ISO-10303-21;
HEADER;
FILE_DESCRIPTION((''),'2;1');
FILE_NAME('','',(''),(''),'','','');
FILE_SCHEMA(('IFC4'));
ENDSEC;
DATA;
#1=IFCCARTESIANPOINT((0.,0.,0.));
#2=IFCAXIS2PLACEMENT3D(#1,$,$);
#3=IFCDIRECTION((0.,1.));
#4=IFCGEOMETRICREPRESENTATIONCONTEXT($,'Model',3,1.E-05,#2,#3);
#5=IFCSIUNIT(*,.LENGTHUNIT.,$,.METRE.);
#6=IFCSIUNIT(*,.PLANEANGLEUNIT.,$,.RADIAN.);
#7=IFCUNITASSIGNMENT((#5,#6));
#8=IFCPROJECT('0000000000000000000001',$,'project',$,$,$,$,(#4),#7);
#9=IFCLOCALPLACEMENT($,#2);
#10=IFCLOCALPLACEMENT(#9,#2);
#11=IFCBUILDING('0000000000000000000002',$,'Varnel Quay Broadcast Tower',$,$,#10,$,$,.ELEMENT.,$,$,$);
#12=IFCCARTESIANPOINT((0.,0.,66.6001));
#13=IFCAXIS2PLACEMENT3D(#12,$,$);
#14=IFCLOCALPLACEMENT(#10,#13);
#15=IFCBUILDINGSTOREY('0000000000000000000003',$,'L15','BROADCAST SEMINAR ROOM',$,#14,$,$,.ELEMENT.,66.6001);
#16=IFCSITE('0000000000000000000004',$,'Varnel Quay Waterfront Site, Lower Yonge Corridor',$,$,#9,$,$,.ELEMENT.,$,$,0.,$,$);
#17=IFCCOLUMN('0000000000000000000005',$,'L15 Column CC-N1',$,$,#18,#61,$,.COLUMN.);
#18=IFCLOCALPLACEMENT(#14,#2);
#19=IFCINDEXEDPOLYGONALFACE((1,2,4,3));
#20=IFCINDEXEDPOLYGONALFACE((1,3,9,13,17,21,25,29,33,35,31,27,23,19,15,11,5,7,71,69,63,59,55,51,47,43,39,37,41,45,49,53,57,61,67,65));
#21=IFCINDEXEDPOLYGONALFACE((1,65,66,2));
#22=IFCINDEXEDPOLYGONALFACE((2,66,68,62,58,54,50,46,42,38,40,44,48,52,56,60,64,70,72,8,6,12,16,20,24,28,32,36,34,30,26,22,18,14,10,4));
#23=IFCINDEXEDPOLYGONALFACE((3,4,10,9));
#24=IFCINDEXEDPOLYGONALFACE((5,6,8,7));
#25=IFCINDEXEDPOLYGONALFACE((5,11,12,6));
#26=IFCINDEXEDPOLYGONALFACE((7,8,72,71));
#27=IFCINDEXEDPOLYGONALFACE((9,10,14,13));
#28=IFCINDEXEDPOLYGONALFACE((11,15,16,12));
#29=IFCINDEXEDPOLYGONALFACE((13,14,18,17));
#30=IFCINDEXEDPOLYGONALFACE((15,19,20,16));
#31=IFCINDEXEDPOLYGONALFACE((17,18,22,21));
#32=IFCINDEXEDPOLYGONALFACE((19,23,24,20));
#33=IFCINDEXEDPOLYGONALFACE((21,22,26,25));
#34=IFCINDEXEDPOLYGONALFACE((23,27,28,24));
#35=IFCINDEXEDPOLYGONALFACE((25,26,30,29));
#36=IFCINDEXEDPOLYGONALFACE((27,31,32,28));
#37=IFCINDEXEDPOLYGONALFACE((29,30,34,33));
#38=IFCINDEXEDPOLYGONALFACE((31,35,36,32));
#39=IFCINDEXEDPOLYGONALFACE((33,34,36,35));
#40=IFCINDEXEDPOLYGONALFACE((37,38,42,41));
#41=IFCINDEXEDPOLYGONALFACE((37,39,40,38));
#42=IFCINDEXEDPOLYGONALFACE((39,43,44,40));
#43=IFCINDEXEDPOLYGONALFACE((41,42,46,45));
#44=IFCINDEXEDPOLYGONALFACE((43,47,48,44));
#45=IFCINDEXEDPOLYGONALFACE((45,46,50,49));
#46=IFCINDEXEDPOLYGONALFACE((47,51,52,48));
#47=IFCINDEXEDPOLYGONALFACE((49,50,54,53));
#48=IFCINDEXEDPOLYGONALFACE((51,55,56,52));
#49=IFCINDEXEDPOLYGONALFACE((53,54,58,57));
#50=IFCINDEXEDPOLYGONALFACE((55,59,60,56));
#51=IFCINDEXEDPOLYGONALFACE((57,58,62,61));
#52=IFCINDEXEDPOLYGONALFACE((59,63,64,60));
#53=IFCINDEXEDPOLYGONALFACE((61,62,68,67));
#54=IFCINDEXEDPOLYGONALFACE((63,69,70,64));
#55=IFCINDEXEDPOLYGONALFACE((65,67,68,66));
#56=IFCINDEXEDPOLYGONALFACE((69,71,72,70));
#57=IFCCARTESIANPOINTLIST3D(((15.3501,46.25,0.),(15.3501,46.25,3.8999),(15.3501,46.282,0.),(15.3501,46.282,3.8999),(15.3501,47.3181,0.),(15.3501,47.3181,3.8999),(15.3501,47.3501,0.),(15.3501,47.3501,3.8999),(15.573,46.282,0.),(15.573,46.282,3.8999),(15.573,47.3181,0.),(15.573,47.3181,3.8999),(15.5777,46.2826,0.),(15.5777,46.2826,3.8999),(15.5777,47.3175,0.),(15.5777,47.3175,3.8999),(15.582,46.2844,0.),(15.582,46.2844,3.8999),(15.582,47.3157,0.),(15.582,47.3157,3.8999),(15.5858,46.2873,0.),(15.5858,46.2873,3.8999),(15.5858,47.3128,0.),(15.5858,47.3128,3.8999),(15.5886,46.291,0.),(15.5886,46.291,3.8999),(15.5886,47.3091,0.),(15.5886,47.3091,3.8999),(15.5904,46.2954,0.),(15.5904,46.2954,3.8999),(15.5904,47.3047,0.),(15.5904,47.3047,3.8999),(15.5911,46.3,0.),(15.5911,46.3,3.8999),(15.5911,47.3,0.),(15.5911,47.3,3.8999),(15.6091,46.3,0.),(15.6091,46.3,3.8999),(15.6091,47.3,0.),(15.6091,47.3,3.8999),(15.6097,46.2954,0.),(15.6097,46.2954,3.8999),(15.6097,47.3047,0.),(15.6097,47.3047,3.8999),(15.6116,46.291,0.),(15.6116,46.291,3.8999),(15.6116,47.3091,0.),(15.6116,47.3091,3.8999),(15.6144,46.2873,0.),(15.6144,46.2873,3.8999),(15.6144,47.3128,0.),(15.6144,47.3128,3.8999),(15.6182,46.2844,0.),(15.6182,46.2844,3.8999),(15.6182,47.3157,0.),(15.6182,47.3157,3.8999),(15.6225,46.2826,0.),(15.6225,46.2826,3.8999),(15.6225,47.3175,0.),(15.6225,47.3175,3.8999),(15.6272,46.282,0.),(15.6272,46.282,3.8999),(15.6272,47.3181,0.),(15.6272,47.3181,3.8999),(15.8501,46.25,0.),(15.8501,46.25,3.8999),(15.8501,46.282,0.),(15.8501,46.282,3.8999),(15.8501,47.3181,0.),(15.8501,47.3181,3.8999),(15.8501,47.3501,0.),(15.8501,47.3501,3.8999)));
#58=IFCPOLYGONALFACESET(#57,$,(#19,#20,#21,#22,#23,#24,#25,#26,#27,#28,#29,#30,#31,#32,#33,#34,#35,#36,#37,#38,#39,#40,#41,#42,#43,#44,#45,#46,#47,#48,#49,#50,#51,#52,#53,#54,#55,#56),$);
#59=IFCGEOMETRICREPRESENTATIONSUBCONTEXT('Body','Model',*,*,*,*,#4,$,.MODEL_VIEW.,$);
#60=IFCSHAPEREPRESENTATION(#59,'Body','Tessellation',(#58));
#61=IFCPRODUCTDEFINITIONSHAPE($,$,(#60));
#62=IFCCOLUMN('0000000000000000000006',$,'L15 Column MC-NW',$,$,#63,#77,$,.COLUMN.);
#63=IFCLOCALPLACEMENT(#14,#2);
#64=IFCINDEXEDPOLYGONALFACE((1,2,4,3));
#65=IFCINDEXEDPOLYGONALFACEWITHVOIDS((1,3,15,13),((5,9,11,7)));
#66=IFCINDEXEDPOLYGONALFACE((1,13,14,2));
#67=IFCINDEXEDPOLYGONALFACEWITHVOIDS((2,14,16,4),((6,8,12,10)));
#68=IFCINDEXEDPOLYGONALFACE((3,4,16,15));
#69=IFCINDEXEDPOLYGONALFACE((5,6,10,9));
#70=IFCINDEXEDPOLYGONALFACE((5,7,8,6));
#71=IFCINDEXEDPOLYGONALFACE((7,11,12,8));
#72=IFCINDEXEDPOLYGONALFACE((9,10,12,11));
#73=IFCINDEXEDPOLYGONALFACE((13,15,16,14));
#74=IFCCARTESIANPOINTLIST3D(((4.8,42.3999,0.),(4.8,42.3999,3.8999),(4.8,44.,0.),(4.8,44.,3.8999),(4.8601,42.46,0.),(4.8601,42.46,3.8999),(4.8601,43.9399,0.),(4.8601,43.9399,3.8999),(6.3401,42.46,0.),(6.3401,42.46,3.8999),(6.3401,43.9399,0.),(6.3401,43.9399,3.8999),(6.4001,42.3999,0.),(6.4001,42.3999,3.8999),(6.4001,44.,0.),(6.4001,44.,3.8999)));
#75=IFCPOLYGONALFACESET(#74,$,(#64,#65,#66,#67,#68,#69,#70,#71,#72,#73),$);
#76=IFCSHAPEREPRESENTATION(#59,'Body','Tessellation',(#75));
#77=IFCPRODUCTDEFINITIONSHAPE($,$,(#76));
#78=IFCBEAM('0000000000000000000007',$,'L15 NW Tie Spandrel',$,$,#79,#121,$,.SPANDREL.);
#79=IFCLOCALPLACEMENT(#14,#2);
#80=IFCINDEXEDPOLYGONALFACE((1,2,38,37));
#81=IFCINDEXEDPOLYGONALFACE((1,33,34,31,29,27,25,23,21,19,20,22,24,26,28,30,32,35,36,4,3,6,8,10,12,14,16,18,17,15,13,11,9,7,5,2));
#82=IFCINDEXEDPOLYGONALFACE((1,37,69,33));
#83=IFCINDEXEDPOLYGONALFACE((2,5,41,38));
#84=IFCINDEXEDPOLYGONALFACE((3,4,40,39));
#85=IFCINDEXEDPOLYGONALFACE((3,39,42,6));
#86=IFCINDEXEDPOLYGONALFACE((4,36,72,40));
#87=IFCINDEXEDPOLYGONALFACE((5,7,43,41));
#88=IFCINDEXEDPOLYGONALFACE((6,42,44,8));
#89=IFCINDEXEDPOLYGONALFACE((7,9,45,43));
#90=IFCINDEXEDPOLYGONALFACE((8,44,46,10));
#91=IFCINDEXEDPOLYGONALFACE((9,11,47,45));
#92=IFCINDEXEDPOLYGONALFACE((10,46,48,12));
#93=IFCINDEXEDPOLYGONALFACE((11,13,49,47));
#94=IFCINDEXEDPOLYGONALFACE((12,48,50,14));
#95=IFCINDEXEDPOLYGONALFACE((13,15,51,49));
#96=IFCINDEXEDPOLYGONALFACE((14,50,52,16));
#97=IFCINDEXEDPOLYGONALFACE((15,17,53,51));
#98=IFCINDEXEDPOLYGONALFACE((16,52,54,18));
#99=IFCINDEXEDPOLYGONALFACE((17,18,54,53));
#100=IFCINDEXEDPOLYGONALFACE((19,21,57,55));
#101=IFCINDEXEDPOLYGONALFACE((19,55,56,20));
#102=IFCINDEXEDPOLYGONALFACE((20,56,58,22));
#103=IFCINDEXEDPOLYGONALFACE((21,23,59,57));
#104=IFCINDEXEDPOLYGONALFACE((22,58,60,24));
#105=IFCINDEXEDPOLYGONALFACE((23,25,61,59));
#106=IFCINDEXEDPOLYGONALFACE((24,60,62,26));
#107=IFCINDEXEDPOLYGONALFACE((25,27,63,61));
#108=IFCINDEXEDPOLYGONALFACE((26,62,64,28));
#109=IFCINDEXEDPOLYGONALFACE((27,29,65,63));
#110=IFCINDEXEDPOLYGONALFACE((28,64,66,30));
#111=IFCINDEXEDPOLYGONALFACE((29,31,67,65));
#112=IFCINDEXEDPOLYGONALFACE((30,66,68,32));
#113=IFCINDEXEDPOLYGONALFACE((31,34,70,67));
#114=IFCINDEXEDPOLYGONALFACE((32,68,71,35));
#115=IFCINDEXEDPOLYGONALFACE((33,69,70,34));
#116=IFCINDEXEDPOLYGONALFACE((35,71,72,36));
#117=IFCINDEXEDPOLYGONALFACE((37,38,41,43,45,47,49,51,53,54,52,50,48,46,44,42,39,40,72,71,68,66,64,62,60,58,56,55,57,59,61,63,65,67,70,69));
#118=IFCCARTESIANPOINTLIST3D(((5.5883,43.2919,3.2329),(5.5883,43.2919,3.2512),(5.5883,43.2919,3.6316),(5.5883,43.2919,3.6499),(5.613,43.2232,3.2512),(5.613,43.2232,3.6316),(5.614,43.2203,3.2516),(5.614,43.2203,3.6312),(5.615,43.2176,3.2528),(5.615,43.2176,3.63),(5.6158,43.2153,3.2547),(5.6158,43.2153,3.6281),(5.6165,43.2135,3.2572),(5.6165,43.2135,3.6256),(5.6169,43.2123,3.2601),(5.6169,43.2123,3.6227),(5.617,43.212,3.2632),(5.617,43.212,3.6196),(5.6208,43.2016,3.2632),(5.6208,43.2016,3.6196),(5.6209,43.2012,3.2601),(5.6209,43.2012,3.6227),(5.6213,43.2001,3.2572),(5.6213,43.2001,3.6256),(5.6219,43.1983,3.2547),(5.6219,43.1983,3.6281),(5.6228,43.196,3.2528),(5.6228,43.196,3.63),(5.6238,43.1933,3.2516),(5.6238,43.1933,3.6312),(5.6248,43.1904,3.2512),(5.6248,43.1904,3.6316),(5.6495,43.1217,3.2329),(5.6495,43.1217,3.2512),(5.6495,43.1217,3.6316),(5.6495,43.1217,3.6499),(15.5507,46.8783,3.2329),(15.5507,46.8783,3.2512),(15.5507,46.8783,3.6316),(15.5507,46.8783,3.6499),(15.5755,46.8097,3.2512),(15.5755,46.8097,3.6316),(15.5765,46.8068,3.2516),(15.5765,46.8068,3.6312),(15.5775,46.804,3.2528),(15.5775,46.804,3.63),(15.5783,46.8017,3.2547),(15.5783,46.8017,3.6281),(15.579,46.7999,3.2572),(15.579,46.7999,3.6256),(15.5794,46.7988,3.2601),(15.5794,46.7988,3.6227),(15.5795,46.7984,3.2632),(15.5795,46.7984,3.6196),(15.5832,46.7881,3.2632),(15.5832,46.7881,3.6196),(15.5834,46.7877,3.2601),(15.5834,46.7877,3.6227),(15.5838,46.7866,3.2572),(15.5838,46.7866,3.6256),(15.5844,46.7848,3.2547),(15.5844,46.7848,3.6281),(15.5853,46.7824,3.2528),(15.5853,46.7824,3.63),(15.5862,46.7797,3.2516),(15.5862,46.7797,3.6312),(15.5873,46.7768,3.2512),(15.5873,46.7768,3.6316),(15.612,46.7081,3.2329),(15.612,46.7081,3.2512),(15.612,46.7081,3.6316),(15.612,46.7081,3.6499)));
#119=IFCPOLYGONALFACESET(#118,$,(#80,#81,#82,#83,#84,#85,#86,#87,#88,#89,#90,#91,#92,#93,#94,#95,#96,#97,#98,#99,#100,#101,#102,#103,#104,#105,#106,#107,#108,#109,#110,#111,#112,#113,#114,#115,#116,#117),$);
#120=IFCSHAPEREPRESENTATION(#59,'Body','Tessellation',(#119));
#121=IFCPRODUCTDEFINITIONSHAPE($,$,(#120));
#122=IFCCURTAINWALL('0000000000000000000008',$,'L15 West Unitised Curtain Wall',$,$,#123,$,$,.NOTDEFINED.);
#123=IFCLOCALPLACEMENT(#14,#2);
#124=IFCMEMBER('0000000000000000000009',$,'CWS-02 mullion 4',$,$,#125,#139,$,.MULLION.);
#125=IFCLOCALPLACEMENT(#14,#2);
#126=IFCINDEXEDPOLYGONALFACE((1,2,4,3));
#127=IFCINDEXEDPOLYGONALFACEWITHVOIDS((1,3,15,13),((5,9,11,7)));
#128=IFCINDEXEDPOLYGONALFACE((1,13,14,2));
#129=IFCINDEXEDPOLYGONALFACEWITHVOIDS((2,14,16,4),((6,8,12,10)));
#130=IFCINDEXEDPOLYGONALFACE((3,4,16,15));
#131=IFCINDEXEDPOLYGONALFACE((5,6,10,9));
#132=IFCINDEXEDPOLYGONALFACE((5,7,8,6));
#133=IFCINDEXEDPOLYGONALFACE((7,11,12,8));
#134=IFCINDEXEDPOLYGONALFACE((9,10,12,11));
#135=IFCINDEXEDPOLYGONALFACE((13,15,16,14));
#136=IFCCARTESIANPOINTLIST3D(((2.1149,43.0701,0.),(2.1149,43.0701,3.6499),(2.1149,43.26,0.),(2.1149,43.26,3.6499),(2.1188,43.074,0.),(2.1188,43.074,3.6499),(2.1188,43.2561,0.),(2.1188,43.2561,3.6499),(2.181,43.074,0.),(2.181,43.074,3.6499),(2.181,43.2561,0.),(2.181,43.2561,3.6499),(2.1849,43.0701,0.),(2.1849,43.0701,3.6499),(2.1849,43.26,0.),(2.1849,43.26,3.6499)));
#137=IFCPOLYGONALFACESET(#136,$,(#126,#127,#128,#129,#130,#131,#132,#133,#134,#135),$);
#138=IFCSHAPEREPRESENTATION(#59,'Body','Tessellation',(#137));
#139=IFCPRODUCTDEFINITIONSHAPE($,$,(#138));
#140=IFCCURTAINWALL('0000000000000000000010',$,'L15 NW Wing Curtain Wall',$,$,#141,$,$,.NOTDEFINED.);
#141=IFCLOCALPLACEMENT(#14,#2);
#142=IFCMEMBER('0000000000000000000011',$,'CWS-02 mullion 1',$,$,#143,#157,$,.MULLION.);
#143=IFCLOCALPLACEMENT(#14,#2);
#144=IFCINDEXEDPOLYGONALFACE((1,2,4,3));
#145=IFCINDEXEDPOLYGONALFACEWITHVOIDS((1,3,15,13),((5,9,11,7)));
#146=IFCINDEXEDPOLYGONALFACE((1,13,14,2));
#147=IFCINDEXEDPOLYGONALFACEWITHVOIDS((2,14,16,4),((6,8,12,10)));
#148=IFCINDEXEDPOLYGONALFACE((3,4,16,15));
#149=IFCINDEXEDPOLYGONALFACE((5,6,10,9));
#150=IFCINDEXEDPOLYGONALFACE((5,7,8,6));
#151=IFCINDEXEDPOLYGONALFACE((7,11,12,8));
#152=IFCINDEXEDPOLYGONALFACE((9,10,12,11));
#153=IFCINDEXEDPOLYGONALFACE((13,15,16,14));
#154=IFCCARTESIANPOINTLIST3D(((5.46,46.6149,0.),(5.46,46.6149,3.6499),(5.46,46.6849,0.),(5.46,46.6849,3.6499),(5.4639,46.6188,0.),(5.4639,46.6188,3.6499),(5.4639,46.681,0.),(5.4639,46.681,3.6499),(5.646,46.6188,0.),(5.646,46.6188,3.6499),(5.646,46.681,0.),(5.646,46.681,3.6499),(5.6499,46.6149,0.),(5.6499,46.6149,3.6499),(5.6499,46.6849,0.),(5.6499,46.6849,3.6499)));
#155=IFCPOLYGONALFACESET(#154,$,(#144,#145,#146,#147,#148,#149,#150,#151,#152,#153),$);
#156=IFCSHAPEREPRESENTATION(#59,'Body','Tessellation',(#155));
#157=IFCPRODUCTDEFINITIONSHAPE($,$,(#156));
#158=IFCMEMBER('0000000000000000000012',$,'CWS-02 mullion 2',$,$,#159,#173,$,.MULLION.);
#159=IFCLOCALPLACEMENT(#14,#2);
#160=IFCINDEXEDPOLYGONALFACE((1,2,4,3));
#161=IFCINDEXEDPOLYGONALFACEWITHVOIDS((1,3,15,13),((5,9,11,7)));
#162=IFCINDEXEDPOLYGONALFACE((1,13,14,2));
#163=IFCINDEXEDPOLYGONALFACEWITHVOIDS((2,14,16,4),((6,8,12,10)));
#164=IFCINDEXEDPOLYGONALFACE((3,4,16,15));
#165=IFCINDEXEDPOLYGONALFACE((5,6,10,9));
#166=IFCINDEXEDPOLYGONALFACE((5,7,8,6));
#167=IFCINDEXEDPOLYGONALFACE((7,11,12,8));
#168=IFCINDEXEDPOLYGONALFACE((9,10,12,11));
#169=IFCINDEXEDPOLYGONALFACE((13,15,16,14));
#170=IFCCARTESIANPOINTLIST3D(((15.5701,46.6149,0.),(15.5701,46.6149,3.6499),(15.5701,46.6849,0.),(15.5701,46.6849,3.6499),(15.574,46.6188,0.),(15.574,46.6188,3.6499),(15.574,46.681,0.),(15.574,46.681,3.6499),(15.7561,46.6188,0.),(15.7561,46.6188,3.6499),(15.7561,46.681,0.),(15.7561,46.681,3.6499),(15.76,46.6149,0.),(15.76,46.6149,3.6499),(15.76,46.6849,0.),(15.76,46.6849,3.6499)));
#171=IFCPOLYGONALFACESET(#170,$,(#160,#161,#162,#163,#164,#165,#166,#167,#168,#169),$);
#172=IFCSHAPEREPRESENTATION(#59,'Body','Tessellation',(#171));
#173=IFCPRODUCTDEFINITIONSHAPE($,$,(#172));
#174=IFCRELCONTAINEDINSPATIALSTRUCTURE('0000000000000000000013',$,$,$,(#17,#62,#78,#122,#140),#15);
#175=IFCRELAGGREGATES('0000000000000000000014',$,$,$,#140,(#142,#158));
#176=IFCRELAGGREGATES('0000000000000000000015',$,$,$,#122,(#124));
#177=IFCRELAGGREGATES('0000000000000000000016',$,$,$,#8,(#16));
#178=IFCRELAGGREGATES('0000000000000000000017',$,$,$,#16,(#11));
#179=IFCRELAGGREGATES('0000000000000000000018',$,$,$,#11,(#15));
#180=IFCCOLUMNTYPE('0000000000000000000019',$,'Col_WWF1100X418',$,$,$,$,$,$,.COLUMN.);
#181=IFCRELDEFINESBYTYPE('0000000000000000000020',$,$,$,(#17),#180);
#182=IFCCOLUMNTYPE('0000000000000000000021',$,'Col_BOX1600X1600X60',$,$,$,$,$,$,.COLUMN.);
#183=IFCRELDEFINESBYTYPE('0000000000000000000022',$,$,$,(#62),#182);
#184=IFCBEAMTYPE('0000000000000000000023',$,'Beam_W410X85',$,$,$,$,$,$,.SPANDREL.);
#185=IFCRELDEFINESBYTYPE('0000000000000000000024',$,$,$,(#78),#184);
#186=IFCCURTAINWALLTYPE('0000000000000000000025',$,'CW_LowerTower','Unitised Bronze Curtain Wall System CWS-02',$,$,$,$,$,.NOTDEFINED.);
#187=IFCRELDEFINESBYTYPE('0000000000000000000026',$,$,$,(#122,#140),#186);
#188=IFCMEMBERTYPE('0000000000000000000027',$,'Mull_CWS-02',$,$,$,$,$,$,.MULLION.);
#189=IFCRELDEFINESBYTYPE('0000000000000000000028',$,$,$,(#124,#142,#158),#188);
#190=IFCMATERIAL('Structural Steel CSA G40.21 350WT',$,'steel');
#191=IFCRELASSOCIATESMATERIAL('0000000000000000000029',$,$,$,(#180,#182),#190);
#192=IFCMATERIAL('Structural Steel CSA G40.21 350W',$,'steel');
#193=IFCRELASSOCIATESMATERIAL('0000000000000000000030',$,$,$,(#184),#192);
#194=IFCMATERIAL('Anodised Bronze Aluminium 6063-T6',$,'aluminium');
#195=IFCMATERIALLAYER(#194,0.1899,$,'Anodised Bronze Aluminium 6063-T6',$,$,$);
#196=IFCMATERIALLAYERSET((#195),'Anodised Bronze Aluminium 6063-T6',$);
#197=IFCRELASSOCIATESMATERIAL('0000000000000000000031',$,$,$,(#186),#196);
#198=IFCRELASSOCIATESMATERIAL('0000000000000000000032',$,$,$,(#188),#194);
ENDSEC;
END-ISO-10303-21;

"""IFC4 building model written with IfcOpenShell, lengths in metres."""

from ifc_helpers import new_model, si_unit, direction, frame, origin, origin_2d, place, context, subcontext, project, spatial, hollow_rectangle, i_section, extrude, source, transform, mapped, material, layer, layer_set, material_profile, profile_set, type_object, type_shapes, element, aggregate, save


model = new_model("IFC4")

# Units and contexts
model_context = context("Model", 3, precision=1e-05, world=origin(), true_north=direction((0.0, 1.0)))
body_context = subcontext(model_context, "Body", "Model", "MODEL_VIEW")
ifc_project = project(units=[si_unit("LENGTHUNIT", "METRE"), si_unit("PLANEANGLEUNIT", "RADIAN")], contexts=[model_context])

# Site, building, storey
site_placement = place(None, origin())
site = spatial("IfcSite", under=ifc_project, at=site_placement, Name="Varnel Quay Waterfront Site, Lower Yonge Corridor", CompositionType="ELEMENT", RefElevation=0.0)
building_placement = place(site_placement, origin())
building = spatial("IfcBuilding", under=site, at=building_placement, Name="Varnel Quay Broadcast Tower", CompositionType="ELEMENT")
storey_placement = place(building_placement, frame((0.0, 0.0, 66.6001)))
storey = spatial("IfcBuildingStorey", under=building, at=storey_placement, Name="L15", Description="BROADCAST SEMINAR ROOM", CompositionType="ELEMENT", Elevation=66.6001)

# Columns
ifc_material_1 = material(Name="Structural Steel CSA G40.21 350WT", Category="steel")
ifc_material_profile_1 = material_profile(ifc_material_1, i_section(OverallWidth=0.5, OverallDepth=1.1001, WebThickness=0.0181, FlangeThickness=0.032, FilletRadius=0.0181, at=origin_2d()), Name="WWF1100X418")
ifc_profile_set_1 = profile_set([ifc_material_profile_1], Name="Structural Steel CSA G40.21 350WT")
column_type_1 = type_object("IfcColumnType", Name="Col_WWF1100X418", PredefinedType="COLUMN", material=ifc_profile_set_1)
shared_shape_1 = source(origin(), body_context, "Body", "SweptSolid", [
    extrude(i_section(OverallWidth=0.5, OverallDepth=1.1001, WebThickness=0.0181, FlangeThickness=0.032, FilletRadius=0.0181, at=origin_2d()), origin(), (0.0, 0.0, 1.0), 3.8999),
])
type_shapes(column_type_1, [shared_shape_1])
column_1_placement = place(storey_placement, frame((15.6001, 46.8, 0.0), z_axis=(0.0, 0.0, 1.0), x_axis=(1.0, 0.0, 0.0)))
element("IfcColumn", 1, at=column_1_placement, inside=storey, type_object=column_type_1, Name="L15 Column CC-N1", PredefinedType="COLUMN", context=body_context, shape_type="MappedRepresentation", body=[
    mapped(shared_shape_1, transform((0.0, 0.0, 0.0), x_axis=(1.0, 0.0, 0.0), y_axis=(0.0, 1.0, 0.0), z_axis=(0.0, 0.0, 1.0), scale=1.0)),
])
ifc_material_profile_2 = material_profile(ifc_material_1, hollow_rectangle(XDim=1.6001, YDim=1.6001, WallThickness=0.0601, at=origin_2d()), Name="BOX1600X1600X60")
ifc_profile_set_2 = profile_set([ifc_material_profile_2], Name="Structural Steel CSA G40.21 350WT")
column_type_2 = type_object("IfcColumnType", Name="Col_BOX1600X1600X60", PredefinedType="COLUMN", material=ifc_profile_set_2)
shared_shape_2 = source(origin(), body_context, "Body", "SweptSolid", [
    extrude(hollow_rectangle(XDim=1.6001, YDim=1.6001, WallThickness=0.0601, at=origin_2d()), origin(), (0.0, 0.0, 1.0), 3.8999),
])
type_shapes(column_type_2, [shared_shape_2])
column_2_placement = place(storey_placement, frame((5.6001, 43.2, 0.0), z_axis=(0.0, 0.0, 1.0), x_axis=(1.0, 0.0, 0.0)))
element("IfcColumn", 2, at=column_2_placement, inside=storey, type_object=column_type_2, Name="L15 Column MC-NW", PredefinedType="COLUMN", context=body_context, shape_type="MappedRepresentation", body=[
    mapped(shared_shape_2, transform((0.0, 0.0, 0.0), x_axis=(1.0, 0.0, 0.0), y_axis=(0.0, 1.0, 0.0), z_axis=(0.0, 0.0, 1.0), scale=1.0)),
])

# Beam
ifc_material_2 = material(Name="Structural Steel CSA G40.21 350W", Category="steel")
ifc_material_profile_3 = material_profile(ifc_material_2, i_section(OverallWidth=0.1809, OverallDepth=0.417, WebThickness=0.011, FlangeThickness=0.0183, FilletRadius=0.012, at=origin_2d()), Name="W410X85")
ifc_profile_set_3 = profile_set([ifc_material_profile_3], Name="Structural Steel CSA G40.21 350W")
beam_type = type_object("IfcBeamType", Name="Beam_W410X85", PredefinedType="SPANDREL", material=ifc_profile_set_3)
shared_shape_3 = source(origin(), body_context, "Body", "SweptSolid", [
    extrude(i_section(OverallWidth=0.1809, OverallDepth=0.417, WebThickness=0.011, FlangeThickness=0.0183, FilletRadius=0.012, at=origin_2d()), origin(), (0.0, 0.0, 1.0), 10.5884),
])
type_shapes(beam_type, [shared_shape_3])
beam_placement = place(storey_placement, frame((5.6189, 43.2068, 3.4414), z_axis=(0.940889, 0.338716, 0.0), x_axis=(-0.338716, 0.940889, 0.0)))
element("IfcBeam", 3, at=beam_placement, inside=storey, type_object=beam_type, Name="L15 NW Tie Spandrel", PredefinedType="SPANDREL", context=body_context, shape_type="MappedRepresentation", body=[
    mapped(shared_shape_3, transform((0.0, 0.0, 0.0), x_axis=(1.0, 0.0, 0.0), y_axis=(0.0, 1.0, 0.0), z_axis=(0.0, 0.0, 1.0), scale=1.0)),
])

# Curtain wall, member
ifc_material_3 = material(Name="Anodised Bronze Aluminium 6063-T6", Category="aluminium")
ifc_layer_1 = layer(ifc_material_3, 0.1899, Name="Anodised Bronze Aluminium 6063-T6")
ifc_layer_set_1 = layer_set([ifc_layer_1], Name="Anodised Bronze Aluminium 6063-T6")
curtain_wall_type = type_object("IfcCurtainWallType", Name="CW_LowerTower", Description="Unitised Bronze Curtain Wall System CWS-02", PredefinedType="NOTDEFINED", material=ifc_layer_set_1)
curtain_wall_1_placement = place(storey_placement, origin())
curtain_wall_1 = element("IfcCurtainWall", 4, at=curtain_wall_1_placement, inside=storey, type_object=curtain_wall_type, Name="L15 West Unitised Curtain Wall", PredefinedType="NOTDEFINED")
ifc_material_profile_4 = material_profile(ifc_material_3, hollow_rectangle(XDim=0.0701, YDim=0.1899, WallThickness=0.0039, at=origin_2d()), Name="ALU70X190X4")
ifc_profile_set_4 = profile_set([ifc_material_profile_4], Name="Anodised Bronze Aluminium 6063-T6")
member_type_1 = type_object("IfcMemberType", Name="Mull_CWS-02", PredefinedType="MULLION", material=ifc_profile_set_4)
shared_shape_4 = source(origin(), body_context, "Body", "SweptSolid", [
    extrude(hollow_rectangle(XDim=0.0701, YDim=0.1899, WallThickness=0.0039, at=origin_2d()), origin(), (0.0, 0.0, 1.0), 3.6499),
])
type_shapes(member_type_1, [shared_shape_4])
member_1_placement = place(storey_placement, frame((2.1499, 43.165, 0.0), z_axis=(0.0, 0.0, 1.0), x_axis=(-1.0, 0.0, 0.0)))
member_1 = element("IfcMember", 5, at=member_1_placement, type_object=member_type_1, Name="CWS-02 mullion 4", PredefinedType="MULLION", context=body_context, shape_type="MappedRepresentation", body=[
    mapped(shared_shape_4, transform((0.0, 0.0, 0.0), x_axis=(1.0, 0.0, 0.0), y_axis=(0.0, 1.0, 0.0), z_axis=(0.0, 0.0, 1.0), scale=1.0)),
])

# Curtain wall, members
curtain_wall_2_placement = place(storey_placement, origin())
curtain_wall_2 = element("IfcCurtainWall", 6, at=curtain_wall_2_placement, inside=storey, type_object=curtain_wall_type, Name="L15 NW Wing Curtain Wall", PredefinedType="NOTDEFINED")
member_2_placement = place(storey_placement, frame((5.5549, 46.6499, 0.0), z_axis=(0.0, 0.0, 1.0), x_axis=(0.0, 1.0, 0.0)))
member_2 = element("IfcMember", 7, at=member_2_placement, type_object=member_type_1, Name="CWS-02 mullion 1", PredefinedType="MULLION", context=body_context, shape_type="MappedRepresentation", body=[
    mapped(shared_shape_4, transform((0.0, 0.0, 0.0), x_axis=(1.0, 0.0, 0.0), y_axis=(0.0, 1.0, 0.0), z_axis=(0.0, 0.0, 1.0), scale=1.0)),
])
member_3_placement = place(storey_placement, frame((15.665, 46.6499, 0.0), z_axis=(0.0, 0.0, 1.0), x_axis=(0.0, 1.0, 0.0)))
member_3 = element("IfcMember", 8, at=member_3_placement, type_object=member_type_1, Name="CWS-02 mullion 2", PredefinedType="MULLION", context=body_context, shape_type="MappedRepresentation", body=[
    mapped(shared_shape_4, transform((0.0, 0.0, 0.0), x_axis=(1.0, 0.0, 0.0), y_axis=(0.0, 1.0, 0.0), z_axis=(0.0, 0.0, 1.0), scale=1.0)),
])
aggregate(curtain_wall_2, [member_2, member_3])

aggregate(curtain_wall_1, [member_1])

save(model, "model.ifc")
